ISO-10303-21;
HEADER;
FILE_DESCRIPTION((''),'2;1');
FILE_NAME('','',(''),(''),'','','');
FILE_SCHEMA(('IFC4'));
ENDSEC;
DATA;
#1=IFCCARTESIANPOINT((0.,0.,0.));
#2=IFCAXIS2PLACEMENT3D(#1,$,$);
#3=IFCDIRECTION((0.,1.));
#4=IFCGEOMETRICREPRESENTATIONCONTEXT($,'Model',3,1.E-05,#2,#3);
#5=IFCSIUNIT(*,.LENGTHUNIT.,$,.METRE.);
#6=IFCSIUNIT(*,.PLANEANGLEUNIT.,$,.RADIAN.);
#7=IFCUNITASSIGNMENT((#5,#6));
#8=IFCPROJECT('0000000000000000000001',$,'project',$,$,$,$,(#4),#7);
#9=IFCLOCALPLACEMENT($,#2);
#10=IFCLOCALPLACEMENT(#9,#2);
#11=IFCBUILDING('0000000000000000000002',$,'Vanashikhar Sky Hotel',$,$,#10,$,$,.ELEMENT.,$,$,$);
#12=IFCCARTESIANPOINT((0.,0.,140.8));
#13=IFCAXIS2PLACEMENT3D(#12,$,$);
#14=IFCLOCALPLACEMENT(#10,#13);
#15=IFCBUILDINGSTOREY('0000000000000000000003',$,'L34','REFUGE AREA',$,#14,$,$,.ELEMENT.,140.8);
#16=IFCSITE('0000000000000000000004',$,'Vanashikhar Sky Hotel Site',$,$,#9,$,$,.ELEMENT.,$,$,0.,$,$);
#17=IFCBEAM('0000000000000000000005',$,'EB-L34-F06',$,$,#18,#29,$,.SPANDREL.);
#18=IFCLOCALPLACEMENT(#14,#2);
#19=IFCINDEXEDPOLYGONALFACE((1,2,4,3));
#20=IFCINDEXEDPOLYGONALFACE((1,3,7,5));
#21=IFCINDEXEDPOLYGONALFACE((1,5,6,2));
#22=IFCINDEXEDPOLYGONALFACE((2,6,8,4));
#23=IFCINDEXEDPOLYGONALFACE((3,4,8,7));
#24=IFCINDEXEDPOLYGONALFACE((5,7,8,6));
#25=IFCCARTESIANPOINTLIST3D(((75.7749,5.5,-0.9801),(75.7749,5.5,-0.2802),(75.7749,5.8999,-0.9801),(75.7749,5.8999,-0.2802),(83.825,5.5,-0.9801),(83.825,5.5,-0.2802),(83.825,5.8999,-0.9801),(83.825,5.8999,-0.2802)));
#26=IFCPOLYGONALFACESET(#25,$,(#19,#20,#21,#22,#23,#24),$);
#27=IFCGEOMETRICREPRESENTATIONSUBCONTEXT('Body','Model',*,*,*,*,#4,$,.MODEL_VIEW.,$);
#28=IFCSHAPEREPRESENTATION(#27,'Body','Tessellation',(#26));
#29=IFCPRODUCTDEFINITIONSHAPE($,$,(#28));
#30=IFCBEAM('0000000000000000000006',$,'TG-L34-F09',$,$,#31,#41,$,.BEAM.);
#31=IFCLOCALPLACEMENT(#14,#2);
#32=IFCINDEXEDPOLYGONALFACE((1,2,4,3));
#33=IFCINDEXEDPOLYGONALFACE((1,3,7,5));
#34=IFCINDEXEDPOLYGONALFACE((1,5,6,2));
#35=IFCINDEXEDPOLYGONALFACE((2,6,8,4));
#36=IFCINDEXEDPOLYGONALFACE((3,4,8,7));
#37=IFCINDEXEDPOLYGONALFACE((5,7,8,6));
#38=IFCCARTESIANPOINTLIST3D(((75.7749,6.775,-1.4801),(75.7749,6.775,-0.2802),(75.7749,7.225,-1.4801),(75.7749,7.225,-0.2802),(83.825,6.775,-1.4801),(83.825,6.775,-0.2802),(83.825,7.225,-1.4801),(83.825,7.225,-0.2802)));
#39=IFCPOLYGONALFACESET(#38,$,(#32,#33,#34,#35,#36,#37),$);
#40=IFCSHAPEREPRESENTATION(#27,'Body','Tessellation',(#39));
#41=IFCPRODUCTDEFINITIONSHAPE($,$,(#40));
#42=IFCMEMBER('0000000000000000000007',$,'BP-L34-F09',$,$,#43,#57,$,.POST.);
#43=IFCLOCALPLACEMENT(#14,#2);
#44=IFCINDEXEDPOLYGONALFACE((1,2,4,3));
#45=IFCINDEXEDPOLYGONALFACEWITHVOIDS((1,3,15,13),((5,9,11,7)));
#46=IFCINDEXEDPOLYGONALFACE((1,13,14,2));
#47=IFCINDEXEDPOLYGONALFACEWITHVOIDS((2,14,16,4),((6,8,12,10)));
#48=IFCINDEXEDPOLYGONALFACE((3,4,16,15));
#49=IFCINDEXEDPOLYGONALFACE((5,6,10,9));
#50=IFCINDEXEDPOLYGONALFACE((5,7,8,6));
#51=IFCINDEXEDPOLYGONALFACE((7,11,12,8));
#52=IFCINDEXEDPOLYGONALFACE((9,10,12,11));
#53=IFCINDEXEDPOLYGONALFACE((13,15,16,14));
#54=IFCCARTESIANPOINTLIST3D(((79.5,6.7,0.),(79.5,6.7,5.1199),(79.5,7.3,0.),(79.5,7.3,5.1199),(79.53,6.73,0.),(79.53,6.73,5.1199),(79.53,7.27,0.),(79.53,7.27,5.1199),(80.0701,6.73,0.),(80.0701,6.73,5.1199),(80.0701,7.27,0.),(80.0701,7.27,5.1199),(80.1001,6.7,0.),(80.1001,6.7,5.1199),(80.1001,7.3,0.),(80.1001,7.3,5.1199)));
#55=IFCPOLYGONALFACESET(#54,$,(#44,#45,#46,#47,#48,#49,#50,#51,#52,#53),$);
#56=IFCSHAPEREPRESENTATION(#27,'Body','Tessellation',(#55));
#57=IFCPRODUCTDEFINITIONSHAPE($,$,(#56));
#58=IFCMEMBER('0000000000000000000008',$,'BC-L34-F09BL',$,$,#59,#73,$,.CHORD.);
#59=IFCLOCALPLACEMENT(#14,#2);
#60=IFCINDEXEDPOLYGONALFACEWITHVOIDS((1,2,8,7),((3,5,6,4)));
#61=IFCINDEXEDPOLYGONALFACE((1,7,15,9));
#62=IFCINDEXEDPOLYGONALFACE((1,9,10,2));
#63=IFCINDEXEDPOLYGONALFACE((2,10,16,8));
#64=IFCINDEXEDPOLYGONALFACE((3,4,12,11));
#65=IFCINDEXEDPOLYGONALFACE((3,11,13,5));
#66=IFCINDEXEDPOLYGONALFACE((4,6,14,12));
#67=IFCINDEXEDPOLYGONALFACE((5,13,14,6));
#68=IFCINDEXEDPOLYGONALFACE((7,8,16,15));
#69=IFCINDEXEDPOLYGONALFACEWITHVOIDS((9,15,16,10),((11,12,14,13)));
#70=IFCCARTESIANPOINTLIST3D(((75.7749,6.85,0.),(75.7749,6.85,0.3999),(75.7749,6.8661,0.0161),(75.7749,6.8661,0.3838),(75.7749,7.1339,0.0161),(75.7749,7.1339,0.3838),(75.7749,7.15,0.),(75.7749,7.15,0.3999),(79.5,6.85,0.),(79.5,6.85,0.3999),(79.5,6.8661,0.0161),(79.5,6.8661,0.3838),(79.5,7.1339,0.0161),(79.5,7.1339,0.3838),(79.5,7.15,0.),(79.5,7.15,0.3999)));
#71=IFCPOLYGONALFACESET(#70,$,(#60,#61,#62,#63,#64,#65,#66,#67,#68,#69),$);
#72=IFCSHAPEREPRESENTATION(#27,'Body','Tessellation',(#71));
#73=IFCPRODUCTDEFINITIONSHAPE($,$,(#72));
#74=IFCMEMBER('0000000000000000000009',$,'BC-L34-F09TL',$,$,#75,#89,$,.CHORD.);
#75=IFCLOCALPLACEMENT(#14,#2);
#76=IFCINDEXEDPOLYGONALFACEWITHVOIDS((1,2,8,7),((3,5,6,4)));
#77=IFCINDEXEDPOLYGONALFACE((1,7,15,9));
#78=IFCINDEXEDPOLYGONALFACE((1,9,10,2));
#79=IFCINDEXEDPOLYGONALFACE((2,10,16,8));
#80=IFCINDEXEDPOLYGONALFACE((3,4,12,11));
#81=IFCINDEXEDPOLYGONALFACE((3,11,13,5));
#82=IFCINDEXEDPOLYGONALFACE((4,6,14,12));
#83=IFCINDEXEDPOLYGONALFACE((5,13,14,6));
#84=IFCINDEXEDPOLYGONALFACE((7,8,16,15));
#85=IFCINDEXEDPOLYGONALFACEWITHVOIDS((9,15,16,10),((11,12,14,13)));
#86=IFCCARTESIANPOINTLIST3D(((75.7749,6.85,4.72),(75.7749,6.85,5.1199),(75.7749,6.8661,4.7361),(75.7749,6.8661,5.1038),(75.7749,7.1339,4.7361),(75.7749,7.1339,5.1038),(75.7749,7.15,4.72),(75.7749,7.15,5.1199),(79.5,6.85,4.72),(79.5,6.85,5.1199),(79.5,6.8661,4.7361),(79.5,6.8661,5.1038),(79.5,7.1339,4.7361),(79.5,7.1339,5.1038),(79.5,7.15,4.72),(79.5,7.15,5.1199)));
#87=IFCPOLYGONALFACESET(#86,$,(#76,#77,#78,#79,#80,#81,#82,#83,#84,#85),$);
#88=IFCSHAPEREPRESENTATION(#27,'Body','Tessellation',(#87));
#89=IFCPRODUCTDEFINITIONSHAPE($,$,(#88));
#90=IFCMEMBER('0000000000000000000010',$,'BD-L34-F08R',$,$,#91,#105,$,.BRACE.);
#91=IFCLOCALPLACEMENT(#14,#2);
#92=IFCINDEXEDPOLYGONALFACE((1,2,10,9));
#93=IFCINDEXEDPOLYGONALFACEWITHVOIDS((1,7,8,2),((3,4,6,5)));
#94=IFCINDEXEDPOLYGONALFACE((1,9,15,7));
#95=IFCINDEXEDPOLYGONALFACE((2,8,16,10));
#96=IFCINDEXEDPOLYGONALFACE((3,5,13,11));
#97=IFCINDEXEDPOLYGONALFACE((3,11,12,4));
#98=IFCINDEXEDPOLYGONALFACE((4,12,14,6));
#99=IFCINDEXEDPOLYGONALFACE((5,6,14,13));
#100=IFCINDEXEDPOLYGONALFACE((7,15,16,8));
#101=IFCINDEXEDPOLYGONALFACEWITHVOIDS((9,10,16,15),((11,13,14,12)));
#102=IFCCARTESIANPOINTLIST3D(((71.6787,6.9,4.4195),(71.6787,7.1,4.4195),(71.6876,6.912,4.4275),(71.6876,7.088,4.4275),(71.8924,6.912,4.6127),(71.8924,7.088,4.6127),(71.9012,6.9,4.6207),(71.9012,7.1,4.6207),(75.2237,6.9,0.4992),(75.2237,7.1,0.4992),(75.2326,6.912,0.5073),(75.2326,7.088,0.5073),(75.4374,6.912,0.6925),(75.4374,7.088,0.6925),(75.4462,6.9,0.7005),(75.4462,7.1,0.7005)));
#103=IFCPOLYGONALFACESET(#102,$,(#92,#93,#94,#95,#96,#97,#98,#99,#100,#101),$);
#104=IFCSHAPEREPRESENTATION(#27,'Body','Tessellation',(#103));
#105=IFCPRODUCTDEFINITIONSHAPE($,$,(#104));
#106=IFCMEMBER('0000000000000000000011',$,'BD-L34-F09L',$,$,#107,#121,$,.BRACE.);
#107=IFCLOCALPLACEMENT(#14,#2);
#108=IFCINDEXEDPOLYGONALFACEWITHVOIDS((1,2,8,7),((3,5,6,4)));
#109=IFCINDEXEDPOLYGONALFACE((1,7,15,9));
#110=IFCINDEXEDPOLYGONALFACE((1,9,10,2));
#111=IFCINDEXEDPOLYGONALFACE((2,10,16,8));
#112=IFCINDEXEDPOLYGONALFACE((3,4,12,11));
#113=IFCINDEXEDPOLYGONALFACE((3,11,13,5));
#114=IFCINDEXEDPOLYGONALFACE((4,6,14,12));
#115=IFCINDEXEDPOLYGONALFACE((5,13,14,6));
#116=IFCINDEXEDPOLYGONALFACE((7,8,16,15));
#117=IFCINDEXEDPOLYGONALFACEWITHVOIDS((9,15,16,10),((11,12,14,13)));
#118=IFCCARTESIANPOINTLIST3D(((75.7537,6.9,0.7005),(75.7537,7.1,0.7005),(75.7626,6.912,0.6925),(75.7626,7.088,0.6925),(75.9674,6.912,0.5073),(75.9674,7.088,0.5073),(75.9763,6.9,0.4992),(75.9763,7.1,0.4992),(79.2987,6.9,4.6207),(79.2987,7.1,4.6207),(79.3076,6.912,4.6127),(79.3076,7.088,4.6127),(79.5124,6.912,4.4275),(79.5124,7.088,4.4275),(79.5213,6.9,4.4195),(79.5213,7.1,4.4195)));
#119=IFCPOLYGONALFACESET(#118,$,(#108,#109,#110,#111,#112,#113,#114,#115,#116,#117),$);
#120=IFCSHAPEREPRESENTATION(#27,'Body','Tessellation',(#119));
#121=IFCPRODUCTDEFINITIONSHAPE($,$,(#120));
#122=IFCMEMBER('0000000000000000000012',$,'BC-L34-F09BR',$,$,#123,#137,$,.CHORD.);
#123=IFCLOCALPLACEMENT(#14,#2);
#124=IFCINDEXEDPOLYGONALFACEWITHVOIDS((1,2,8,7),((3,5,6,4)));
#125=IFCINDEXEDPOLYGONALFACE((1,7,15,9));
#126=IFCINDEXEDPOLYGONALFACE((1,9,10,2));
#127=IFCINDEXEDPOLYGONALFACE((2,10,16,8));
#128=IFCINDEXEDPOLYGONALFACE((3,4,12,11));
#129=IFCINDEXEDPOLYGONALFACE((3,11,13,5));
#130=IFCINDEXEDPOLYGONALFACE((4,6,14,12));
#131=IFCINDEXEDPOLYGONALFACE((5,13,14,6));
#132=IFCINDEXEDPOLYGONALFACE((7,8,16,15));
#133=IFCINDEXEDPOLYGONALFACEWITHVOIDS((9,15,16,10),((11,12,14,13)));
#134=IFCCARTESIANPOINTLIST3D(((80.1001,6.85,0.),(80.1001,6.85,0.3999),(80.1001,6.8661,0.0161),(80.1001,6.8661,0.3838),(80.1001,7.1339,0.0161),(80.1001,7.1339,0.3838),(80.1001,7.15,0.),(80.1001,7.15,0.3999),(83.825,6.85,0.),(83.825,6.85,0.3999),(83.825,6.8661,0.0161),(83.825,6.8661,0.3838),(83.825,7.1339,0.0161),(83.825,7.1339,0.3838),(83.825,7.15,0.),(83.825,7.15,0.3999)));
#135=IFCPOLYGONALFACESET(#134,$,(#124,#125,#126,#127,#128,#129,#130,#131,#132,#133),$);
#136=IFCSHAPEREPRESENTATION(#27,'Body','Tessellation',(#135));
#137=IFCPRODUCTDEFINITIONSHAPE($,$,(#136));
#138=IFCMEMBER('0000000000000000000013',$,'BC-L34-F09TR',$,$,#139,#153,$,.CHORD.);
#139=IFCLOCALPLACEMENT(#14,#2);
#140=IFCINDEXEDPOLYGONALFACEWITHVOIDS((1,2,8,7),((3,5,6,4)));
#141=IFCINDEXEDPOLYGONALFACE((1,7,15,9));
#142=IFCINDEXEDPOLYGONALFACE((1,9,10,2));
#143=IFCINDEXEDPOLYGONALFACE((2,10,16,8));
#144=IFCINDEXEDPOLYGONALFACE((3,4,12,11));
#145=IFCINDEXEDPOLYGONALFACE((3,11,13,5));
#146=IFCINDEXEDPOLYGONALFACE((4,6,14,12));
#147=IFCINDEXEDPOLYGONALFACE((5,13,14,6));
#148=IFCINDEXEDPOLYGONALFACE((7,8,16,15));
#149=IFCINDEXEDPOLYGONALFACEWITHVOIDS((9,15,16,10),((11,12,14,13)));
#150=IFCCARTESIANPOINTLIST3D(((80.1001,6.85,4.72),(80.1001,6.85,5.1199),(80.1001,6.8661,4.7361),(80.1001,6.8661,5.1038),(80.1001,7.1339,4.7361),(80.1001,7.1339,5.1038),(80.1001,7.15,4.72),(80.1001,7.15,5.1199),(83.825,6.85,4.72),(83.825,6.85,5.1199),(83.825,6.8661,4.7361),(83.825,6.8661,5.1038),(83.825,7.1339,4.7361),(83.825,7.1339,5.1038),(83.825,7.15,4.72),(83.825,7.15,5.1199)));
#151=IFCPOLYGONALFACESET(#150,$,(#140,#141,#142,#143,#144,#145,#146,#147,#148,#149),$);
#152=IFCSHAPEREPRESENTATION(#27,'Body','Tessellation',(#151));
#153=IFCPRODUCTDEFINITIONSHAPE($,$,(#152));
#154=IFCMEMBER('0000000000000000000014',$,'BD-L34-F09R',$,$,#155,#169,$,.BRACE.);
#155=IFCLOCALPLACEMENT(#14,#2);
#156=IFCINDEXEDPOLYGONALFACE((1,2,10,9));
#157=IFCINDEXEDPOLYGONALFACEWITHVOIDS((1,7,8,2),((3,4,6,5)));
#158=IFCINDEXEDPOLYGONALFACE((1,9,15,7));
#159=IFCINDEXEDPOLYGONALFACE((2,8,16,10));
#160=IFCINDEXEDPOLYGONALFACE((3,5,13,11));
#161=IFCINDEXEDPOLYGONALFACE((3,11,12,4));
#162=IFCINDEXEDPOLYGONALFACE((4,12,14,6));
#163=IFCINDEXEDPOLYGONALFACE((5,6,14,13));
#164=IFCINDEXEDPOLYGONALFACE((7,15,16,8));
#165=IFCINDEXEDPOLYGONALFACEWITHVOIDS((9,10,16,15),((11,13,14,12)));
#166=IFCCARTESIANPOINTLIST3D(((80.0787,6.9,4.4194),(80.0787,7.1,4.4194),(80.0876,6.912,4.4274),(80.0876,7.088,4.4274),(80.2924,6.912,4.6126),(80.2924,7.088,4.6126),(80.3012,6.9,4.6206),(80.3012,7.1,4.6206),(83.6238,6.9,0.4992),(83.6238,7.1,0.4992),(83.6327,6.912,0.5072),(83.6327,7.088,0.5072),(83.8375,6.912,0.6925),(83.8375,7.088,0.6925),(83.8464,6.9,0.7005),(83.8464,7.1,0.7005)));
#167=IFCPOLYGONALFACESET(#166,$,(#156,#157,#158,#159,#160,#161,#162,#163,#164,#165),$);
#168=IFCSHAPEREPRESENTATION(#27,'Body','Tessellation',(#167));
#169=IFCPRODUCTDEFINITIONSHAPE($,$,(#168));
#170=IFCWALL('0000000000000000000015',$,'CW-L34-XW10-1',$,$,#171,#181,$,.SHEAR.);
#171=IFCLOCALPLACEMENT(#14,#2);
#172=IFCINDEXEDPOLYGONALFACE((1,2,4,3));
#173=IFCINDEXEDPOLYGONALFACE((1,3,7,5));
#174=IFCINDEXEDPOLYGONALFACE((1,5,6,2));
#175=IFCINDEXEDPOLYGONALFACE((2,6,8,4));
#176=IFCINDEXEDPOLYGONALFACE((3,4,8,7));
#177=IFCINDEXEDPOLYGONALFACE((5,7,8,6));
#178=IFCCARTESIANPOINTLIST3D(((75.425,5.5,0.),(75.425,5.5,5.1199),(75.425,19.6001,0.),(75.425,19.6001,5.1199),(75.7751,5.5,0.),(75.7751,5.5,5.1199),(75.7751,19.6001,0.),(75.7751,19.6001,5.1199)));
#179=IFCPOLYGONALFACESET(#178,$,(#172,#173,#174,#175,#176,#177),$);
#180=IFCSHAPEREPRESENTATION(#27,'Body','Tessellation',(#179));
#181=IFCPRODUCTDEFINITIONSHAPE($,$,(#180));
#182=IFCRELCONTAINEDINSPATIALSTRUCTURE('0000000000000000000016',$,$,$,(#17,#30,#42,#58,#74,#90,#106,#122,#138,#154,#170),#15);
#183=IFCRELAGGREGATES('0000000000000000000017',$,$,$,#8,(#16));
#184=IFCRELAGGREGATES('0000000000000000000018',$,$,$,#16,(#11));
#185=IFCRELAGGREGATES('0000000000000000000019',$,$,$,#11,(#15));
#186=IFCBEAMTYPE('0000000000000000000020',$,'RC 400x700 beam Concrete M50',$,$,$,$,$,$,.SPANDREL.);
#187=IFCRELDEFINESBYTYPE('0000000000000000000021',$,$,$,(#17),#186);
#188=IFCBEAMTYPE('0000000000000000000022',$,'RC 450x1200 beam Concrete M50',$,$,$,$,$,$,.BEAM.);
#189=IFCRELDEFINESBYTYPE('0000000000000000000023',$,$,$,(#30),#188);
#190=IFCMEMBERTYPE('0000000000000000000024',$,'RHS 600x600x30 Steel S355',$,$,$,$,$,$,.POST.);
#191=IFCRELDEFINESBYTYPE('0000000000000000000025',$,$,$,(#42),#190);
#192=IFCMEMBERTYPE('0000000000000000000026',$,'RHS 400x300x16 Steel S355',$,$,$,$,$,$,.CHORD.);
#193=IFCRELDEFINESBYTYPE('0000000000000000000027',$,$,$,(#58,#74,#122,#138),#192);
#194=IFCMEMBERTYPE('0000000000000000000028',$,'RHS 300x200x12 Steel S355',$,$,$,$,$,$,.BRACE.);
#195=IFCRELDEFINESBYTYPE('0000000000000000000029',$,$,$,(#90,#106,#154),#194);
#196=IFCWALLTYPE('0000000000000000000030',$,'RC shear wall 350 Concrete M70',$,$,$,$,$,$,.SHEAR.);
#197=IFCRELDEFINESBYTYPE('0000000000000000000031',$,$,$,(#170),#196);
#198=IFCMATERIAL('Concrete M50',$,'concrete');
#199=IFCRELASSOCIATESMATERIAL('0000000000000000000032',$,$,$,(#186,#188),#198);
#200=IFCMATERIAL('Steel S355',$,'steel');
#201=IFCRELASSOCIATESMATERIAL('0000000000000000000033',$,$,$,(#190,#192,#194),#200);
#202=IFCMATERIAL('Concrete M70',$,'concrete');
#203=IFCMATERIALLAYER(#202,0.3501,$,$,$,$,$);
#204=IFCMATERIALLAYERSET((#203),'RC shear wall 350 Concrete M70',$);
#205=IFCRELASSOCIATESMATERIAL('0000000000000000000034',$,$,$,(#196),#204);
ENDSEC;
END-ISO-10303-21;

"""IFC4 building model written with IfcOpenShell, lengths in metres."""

from ifc_helpers import new_model, si_unit, direction, frame, frame_2d, origin, origin_2d, place, context, subcontext, project, spatial, rectangle, hollow_rectangle, extrude, source, transform, mapped, material, layer, layer_set, material_profile, profile_set, type_object, element, save


model = new_model("IFC4")

# Units and contexts
model_context = context("Model", 3, precision=1e-05, world=origin(), true_north=direction((0.0, 1.0)))
body_context = subcontext(model_context, "Body", "Model", "MODEL_VIEW")
ifc_project = project(units=[si_unit("LENGTHUNIT", "METRE"), si_unit("PLANEANGLEUNIT", "RADIAN")], contexts=[model_context])

# Site, building, storey
site_placement = place(None, origin())
site = spatial("IfcSite", under=ifc_project, at=site_placement, Name="Vanashikhar Sky Hotel Site", CompositionType="ELEMENT", RefElevation=0.0)
building_placement = place(site_placement, origin())
building = spatial("IfcBuilding", under=site, at=building_placement, Name="Vanashikhar Sky Hotel", CompositionType="ELEMENT")
storey_placement = place(building_placement, frame((0.0, 0.0, 140.8)))
storey = spatial("IfcBuildingStorey", under=building, at=storey_placement, Name="L34", Description="REFUGE AREA", CompositionType="ELEMENT", Elevation=140.8)

# Beams
ifc_material_1 = material(Name="Concrete M50", Category="concrete")
ifc_material_profile_1 = material_profile(ifc_material_1, rectangle(XDim=0.3999, YDim=0.7, at=origin_2d()))
ifc_profile_set_1 = profile_set([ifc_material_profile_1], Name="RC 400x700 beam Concrete M50")
beam_type_1 = type_object("IfcBeamType", Name="RC 400x700 beam Concrete M50", PredefinedType="SPANDREL", material=ifc_profile_set_1)
shared_shape_1 = source(origin(), body_context, "Body", "SweptSolid", [
    extrude(rectangle(XDim=0.3999, YDim=0.7, at=origin_2d()), origin(), (0.0, 0.0, 1.0), 8.05),
])
beam_1_placement = place(storey_placement, frame((75.7749, 5.7, -0.6301), z_axis=(1.0, 0.0, 0.0), x_axis=(0.0, 1.0, 0.0)))
element("IfcBeam", 1, at=beam_1_placement, inside=storey, type_object=beam_type_1, Name="EB-L34-F06", PredefinedType="SPANDREL", context=body_context, shape_type="MappedRepresentation", body=[
    mapped(shared_shape_1, transform((0.0, 0.0, 0.0), scale=1.0)),
])
ifc_material_profile_2 = material_profile(ifc_material_1, rectangle(XDim=0.45, YDim=1.2, at=origin_2d()))
ifc_profile_set_2 = profile_set([ifc_material_profile_2], Name="RC 450x1200 beam Concrete M50")
beam_type_2 = type_object("IfcBeamType", Name="RC 450x1200 beam Concrete M50", PredefinedType="BEAM", material=ifc_profile_set_2)
shared_shape_2 = source(origin(), body_context, "Body", "SweptSolid", [
    extrude(rectangle(XDim=0.45, YDim=1.2, at=origin_2d()), origin(), (0.0, 0.0, 1.0), 8.05),
])
beam_2_placement = place(storey_placement, frame((75.7749, 7.0, -0.8801), z_axis=(1.0, 0.0, 0.0), x_axis=(0.0, 1.0, 0.0)))
element("IfcBeam", 2, at=beam_2_placement, inside=storey, type_object=beam_type_2, Name="TG-L34-F09", PredefinedType="BEAM", context=body_context, shape_type="MappedRepresentation", body=[
    mapped(shared_shape_2, transform((0.0, 0.0, 0.0), scale=1.0)),
])

# Members
ifc_material_2 = material(Name="Steel S355", Category="steel")
ifc_material_profile_3 = material_profile(ifc_material_2, hollow_rectangle(XDim=0.6001, YDim=0.6001, WallThickness=0.03, at=origin_2d()))
ifc_profile_set_3 = profile_set([ifc_material_profile_3], Name="RHS 600x600x30 Steel S355")
member_type_1 = type_object("IfcMemberType", Name="RHS 600x600x30 Steel S355", PredefinedType="POST", material=ifc_profile_set_3)
shared_shape_3 = source(origin(), body_context, "Body", "SweptSolid", [
    extrude(hollow_rectangle(XDim=0.6001, YDim=0.6001, WallThickness=0.03, at=origin_2d()), origin(), (0.0, 0.0, 1.0), 5.1199),
])
member_1_placement = place(storey_placement, frame((79.8, 7.0, 0.0), z_axis=(0.0, 0.0, 1.0), x_axis=(1.0, 0.0, 0.0)))
element("IfcMember", 3, at=member_1_placement, inside=storey, type_object=member_type_1, Name="BP-L34-F09", PredefinedType="POST", context=body_context, shape_type="MappedRepresentation", body=[
    mapped(shared_shape_3, transform((0.0, 0.0, 0.0), scale=1.0)),
])
ifc_material_profile_4 = material_profile(ifc_material_2, hollow_rectangle(XDim=0.3, YDim=0.3999, WallThickness=0.0161, at=origin_2d()))
ifc_profile_set_4 = profile_set([ifc_material_profile_4], Name="RHS 400x300x16 Steel S355")
member_type_2 = type_object("IfcMemberType", Name="RHS 400x300x16 Steel S355", PredefinedType="CHORD", material=ifc_profile_set_4)
shared_shape_4 = source(origin(), body_context, "Body", "SweptSolid", [
    extrude(hollow_rectangle(XDim=0.3, YDim=0.3999, WallThickness=0.0161, at=origin_2d()), origin(), (0.0, 0.0, 1.0), 3.7251),
])
for number, where, z_axis, x_axis, name in (
    (4, (75.7749, 7.0, 0.2), (1.0, 0.0, 0.0), (0.0, 1.0, 0.0), "BC-L34-F09BL"),
    (5, (75.7749, 7.0, 4.9199), (1.0, 0.0, 0.0), (0.0, 1.0, 0.0), "BC-L34-F09TL"),
):
    element("IfcMember", number, at=place(storey_placement, frame(where, z_axis=z_axis, x_axis=x_axis)), inside=storey, type_object=member_type_2, Name=name, PredefinedType="CHORD", context=body_context, shape_type="MappedRepresentation", body=[
        mapped(shared_shape_4, transform((0.0, 0.0, 0.0), scale=1.0)),
    ])
ifc_material_profile_5 = material_profile(ifc_material_2, hollow_rectangle(XDim=0.2, YDim=0.3, WallThickness=0.012, at=origin_2d()))
ifc_profile_set_5 = profile_set([ifc_material_profile_5], Name="RHS 300x200x12 Steel S355")
member_type_3 = type_object("IfcMemberType", Name="RHS 300x200x12 Steel S355", PredefinedType="BRACE", material=ifc_profile_set_5)
shared_shape_5 = source(origin(), body_context, "Body", "SweptSolid", [
    extrude(hollow_rectangle(XDim=0.2, YDim=0.3, WallThickness=0.012, at=origin_2d()), origin(), (0.0, 0.0, 1.0), 5.2854),
])
for number, where, z_axis, x_axis, name in (
    (6, (75.335, 7.0, 0.5999), (-0.670716, 0.0, 0.741714), (0.0, -1.0, 0.0), "BD-L34-F08R"),
    (7, (75.865, 7.0, 0.5999), (0.670716, 0.0, 0.741714), (0.0, 1.0, 0.0), "BD-L34-F09L"),
):
    element("IfcMember", number, at=place(storey_placement, frame(where, z_axis=z_axis, x_axis=x_axis)), inside=storey, type_object=member_type_3, Name=name, PredefinedType="BRACE", context=body_context, shape_type="MappedRepresentation", body=[
        mapped(shared_shape_5, transform((0.0, 0.0, 0.0), scale=1.0)),
    ])
shared_shape_6 = source(origin(), body_context, "Body", "SweptSolid", [
    extrude(hollow_rectangle(XDim=0.3, YDim=0.3999, WallThickness=0.0161, at=origin_2d()), origin(), (0.0, 0.0, 1.0), 3.7249),
])
for number, where, z_axis, x_axis, name in (
    (8, (80.1001, 7.0, 0.2), (1.0, 0.0, 0.0), (0.0, 1.0, 0.0), "BC-L34-F09BR"),
    (9, (80.1001, 7.0, 4.9199), (1.0, 0.0, 0.0), (0.0, 1.0, 0.0), "BC-L34-F09TR"),
):
    element("IfcMember", number, at=place(storey_placement, frame(where, z_axis=z_axis, x_axis=x_axis)), inside=storey, type_object=member_type_2, Name=name, PredefinedType="CHORD", context=body_context, shape_type="MappedRepresentation", body=[
        mapped(shared_shape_6, transform((0.0, 0.0, 0.0), scale=1.0)),
    ])
shared_shape_7 = source(origin(), body_context, "Body", "SweptSolid", [
    extrude(hollow_rectangle(XDim=0.2, YDim=0.3, WallThickness=0.012, at=origin_2d()), origin(), (0.0, 0.0, 1.0), 5.2854),
])
member_2_placement = place(storey_placement, frame((83.7351, 7.0, 0.5999), z_axis=(-0.670742, 0.0, 0.741691), x_axis=(0.0, -1.0, 0.0)))
element("IfcMember", 10, at=member_2_placement, inside=storey, type_object=member_type_3, Name="BD-L34-F09R", PredefinedType="BRACE", context=body_context, shape_type="MappedRepresentation", body=[
    mapped(shared_shape_7, transform((0.0, 0.0, 0.0), scale=1.0)),
])

# Wall
ifc_material_3 = material(Name="Concrete M70", Category="concrete")
ifc_layer_1 = layer(ifc_material_3, 0.3501)
ifc_layer_set_1 = layer_set([ifc_layer_1], Name="RC shear wall 350 Concrete M70")
wall_type = type_object("IfcWallType", Name="RC shear wall 350 Concrete M70", PredefinedType="SHEAR", material=ifc_layer_set_1)
shared_shape_8 = source(origin(), body_context, "Body", "SweptSolid", [
    extrude(rectangle(XDim=14.1001, YDim=0.3501, at=frame_2d((7.05, 0.0))), origin(), (0.0, 0.0, 1.0), 5.1199),
])
for number, where, z_axis, x_axis, name in (
    (11, (75.6001, 5.5, 0.0), (0.0, 0.0, 1.0), (0.0, 1.0, 0.0), "CW-L34-XW10-1"),
):
    element("IfcWall", number, at=place(storey_placement, frame(where, z_axis=z_axis, x_axis=x_axis)), inside=storey, type_object=wall_type, Name=name, PredefinedType="SHEAR", context=body_context, shape_type="MappedRepresentation", body=[
        mapped(shared_shape_8, transform((0.0, 0.0, 0.0), scale=1.0)),
    ])

save(model, "model.ifc")
